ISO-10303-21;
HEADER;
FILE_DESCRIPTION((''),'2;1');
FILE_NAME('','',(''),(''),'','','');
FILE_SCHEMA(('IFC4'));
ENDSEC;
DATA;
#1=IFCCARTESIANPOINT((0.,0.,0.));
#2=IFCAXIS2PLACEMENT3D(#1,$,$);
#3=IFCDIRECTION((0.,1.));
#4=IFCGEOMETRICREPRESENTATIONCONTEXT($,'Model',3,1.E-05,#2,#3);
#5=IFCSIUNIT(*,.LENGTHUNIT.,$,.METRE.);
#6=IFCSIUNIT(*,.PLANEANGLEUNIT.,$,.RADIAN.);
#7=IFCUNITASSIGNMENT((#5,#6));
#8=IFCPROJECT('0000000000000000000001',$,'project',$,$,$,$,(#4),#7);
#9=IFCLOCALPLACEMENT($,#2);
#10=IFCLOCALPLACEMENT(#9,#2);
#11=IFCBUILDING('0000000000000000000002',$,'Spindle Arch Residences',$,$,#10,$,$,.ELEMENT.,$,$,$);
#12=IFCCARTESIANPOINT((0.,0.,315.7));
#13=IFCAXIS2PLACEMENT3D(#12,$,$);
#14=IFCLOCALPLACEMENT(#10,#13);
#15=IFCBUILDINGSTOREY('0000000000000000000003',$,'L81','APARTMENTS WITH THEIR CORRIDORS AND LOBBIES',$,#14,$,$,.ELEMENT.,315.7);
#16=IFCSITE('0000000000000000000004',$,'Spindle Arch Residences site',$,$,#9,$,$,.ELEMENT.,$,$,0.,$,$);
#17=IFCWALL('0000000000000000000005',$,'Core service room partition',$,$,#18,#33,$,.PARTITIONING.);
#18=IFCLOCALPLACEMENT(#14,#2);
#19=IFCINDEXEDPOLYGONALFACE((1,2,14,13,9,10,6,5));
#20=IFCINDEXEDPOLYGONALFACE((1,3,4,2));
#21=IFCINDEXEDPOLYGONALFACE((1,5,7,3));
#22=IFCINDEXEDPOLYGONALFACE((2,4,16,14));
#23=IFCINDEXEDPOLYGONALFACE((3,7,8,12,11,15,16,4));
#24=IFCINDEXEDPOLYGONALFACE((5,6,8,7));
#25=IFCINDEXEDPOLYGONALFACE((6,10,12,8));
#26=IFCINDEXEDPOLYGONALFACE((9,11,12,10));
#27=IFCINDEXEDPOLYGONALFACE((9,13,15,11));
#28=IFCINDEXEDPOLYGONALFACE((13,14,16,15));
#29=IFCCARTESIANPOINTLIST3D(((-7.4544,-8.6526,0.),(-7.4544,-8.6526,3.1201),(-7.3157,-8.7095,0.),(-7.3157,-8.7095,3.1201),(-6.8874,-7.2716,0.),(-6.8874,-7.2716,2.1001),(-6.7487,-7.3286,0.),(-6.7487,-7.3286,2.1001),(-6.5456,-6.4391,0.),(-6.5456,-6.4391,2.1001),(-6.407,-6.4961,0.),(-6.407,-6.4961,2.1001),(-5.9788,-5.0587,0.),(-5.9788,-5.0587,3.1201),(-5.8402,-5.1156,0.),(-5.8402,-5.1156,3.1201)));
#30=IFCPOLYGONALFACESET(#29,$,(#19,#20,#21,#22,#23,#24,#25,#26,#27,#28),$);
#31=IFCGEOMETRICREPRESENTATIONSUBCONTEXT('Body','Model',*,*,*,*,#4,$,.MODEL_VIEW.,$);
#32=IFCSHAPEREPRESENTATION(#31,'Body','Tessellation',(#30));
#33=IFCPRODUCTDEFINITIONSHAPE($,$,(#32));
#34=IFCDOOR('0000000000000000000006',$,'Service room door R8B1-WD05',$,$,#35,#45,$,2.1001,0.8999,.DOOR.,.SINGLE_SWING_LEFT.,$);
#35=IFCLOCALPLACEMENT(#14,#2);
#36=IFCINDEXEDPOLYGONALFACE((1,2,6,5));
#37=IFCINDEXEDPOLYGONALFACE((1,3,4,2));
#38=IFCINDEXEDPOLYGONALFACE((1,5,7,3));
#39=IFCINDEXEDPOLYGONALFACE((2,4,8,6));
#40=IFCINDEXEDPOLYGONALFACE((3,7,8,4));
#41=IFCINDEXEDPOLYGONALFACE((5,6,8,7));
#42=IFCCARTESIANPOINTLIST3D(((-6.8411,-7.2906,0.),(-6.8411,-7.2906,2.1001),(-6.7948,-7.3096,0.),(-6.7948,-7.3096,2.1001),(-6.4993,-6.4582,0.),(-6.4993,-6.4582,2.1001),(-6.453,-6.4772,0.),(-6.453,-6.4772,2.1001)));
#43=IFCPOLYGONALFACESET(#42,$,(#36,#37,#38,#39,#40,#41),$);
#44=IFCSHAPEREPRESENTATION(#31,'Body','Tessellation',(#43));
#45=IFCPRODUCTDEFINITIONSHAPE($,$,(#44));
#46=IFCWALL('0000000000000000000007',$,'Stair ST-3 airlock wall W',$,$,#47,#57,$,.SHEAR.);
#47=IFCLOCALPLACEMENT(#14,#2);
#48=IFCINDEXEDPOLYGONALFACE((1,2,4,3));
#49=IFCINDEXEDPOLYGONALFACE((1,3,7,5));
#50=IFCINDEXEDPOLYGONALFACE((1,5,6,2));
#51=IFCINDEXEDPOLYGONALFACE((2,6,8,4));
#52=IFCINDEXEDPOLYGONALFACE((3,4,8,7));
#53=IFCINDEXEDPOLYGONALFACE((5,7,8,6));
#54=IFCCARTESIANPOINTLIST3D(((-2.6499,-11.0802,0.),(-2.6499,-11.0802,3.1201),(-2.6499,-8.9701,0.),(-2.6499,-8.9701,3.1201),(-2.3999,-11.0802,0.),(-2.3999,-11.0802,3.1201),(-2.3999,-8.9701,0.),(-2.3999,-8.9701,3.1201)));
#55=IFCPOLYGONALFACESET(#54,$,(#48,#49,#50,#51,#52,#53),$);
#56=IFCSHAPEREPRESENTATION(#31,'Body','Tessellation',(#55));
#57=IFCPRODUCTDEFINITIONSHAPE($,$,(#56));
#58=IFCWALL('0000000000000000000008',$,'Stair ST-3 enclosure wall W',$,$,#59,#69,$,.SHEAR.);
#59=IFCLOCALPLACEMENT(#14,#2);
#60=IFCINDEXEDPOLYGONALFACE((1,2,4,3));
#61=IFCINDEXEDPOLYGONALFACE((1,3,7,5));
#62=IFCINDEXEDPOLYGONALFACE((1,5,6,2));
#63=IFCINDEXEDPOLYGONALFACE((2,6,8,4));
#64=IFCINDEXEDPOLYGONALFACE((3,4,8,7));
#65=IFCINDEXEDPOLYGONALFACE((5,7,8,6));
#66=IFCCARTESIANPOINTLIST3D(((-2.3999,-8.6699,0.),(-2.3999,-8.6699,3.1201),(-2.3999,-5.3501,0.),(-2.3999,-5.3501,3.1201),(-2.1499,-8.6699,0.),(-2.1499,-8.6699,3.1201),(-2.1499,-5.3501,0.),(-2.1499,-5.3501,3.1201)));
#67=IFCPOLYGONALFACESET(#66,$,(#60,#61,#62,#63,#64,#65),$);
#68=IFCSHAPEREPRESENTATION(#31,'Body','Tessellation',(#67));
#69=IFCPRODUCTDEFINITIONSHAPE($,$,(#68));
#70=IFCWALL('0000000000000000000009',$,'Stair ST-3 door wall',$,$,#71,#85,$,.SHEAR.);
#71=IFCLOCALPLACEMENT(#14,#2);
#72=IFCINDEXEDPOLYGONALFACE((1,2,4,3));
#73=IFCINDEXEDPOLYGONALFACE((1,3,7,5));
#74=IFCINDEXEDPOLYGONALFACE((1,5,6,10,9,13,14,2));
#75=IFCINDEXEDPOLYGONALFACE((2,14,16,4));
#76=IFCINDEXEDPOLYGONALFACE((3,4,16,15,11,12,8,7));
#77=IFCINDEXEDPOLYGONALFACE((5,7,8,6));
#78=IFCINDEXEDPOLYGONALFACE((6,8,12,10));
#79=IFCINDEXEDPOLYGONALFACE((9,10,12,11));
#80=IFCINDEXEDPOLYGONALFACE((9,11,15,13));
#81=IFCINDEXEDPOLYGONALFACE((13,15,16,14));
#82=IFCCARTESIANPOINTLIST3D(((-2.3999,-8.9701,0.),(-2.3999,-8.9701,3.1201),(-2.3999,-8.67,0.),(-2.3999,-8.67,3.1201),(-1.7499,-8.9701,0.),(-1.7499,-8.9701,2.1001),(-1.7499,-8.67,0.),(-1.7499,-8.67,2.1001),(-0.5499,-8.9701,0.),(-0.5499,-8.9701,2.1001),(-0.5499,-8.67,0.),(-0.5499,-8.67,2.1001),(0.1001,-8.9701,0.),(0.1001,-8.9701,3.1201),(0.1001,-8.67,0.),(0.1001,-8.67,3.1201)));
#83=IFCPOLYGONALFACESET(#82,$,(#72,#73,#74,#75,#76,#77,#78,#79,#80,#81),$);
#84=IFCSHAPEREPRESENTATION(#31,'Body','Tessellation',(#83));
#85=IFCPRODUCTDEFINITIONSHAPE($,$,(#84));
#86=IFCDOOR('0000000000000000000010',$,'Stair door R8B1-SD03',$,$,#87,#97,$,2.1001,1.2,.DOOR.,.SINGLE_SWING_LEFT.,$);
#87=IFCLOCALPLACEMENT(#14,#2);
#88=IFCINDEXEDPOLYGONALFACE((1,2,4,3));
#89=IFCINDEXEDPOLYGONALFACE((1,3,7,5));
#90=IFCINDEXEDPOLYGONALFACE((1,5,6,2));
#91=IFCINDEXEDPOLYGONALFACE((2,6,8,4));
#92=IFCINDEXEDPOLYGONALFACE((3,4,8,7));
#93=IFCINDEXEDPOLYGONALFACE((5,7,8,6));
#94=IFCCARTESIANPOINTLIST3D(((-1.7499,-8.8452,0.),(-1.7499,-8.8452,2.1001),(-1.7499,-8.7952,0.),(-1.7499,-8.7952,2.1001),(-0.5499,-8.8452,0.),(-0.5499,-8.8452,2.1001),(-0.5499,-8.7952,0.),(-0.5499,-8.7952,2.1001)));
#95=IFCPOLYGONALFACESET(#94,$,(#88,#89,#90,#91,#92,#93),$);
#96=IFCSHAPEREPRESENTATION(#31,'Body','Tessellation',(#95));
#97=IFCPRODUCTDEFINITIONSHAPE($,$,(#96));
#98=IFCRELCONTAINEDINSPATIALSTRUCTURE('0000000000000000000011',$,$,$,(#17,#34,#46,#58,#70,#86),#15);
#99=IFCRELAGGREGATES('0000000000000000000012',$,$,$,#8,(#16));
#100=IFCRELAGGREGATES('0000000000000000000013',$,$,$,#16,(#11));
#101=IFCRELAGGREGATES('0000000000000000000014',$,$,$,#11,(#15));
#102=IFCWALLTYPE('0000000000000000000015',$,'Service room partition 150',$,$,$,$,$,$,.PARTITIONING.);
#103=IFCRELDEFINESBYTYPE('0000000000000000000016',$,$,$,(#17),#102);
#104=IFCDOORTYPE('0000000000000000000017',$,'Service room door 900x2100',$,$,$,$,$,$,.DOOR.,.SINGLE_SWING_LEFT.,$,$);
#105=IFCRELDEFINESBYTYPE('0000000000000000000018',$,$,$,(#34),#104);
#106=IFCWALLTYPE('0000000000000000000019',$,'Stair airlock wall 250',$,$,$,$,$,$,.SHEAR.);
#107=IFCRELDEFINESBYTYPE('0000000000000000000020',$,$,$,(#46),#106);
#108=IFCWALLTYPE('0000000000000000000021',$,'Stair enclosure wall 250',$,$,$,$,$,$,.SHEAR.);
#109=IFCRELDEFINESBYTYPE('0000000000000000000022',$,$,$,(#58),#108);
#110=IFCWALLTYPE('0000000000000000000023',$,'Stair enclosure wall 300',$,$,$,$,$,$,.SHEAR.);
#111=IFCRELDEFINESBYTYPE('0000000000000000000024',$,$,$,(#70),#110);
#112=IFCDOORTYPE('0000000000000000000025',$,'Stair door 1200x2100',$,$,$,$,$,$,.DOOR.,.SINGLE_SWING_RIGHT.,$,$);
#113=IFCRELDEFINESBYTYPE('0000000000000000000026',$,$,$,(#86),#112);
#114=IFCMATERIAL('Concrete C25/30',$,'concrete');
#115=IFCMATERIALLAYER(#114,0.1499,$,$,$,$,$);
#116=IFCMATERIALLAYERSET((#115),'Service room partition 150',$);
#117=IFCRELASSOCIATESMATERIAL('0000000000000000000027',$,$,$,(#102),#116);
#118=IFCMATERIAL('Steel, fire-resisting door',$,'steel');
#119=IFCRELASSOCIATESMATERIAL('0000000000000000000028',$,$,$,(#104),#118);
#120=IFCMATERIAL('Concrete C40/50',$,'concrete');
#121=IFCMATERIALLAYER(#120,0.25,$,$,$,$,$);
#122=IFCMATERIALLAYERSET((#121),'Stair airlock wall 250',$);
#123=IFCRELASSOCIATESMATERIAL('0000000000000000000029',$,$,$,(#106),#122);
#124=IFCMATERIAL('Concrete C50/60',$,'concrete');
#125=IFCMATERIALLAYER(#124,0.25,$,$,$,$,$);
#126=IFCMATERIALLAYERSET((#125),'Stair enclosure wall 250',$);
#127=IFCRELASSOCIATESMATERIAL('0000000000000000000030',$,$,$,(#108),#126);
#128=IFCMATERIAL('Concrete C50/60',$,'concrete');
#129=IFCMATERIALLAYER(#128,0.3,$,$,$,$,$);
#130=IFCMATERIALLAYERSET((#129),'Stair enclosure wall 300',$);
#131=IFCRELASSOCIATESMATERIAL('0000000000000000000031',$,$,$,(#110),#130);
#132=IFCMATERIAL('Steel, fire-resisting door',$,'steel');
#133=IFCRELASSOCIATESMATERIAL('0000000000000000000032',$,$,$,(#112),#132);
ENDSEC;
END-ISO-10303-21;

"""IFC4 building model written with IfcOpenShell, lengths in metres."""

from ifc_helpers import new_model, si_unit, direction, frame, frame_2d, origin, place, context, subcontext, project, spatial, rectangle, extrude, material, layer, layer_set, type_object, element, fill, save


model = new_model("IFC4")

# Units and contexts
model_context = context("Model", 3, precision=1e-05, world=origin(), true_north=direction((0.0, 1.0)))
body_context = subcontext(model_context, "Body", "Model", "MODEL_VIEW")
ifc_project = project(units=[si_unit("LENGTHUNIT", "METRE"), si_unit("PLANEANGLEUNIT", "RADIAN")], contexts=[model_context])

# Site, building, storey
site_placement = place(None, origin())
site = spatial("IfcSite", under=ifc_project, at=site_placement, Name="Spindle Arch Residences site", CompositionType="ELEMENT", RefElevation=0.0)
building_placement = place(site_placement, origin())
building = spatial("IfcBuilding", under=site, at=building_placement, Name="Spindle Arch Residences", CompositionType="ELEMENT")
storey_placement = place(building_placement, frame((0.0, 0.0, 315.7)))
storey = spatial("IfcBuildingStorey", under=building, at=storey_placement, Name="L81", Description="APARTMENTS WITH THEIR CORRIDORS AND LOBBIES", CompositionType="ELEMENT", Elevation=315.7)

# Wall, opening, door
ifc_material_1 = material(Name="Concrete C25/30", Category="concrete")
ifc_layer_1 = layer(ifc_material_1, 0.1499)
ifc_layer_set_1 = layer_set([ifc_layer_1], Name="Service room partition 150")
wall_type_1 = type_object("IfcWallType", Name="Service room partition 150", PredefinedType="PARTITIONING", material=ifc_layer_set_1)
wall_1_placement = place(storey_placement, frame((-7.385, -8.6809, 0.0), z_axis=(0.0, 0.0, 1.0), x_axis=(0.379805, 0.925067, 0.0)))
wall_1 = element("IfcWall", 1, at=wall_1_placement, inside=storey, type_object=wall_type_1, Name="Core service room partition", PredefinedType="PARTITIONING", context=body_context, shape_type="SweptSolid", body=[
    extrude(rectangle(XDim=3.885, YDim=0.1499, at=frame_2d((1.9424, 0.0))), origin(), (0.0, 0.0, 1.0), 3.1201),
])
opening_1_placement = place(wall_1_placement, frame((1.4927, 0.0, 0.0)))
opening_1 = element("IfcOpeningElement", 2, at=opening_1_placement, cuts=wall_1, PredefinedType="OPENING", context=body_context, shape_type="SweptSolid", body=[
    extrude(rectangle(XDim=0.8999, YDim=2.1001, at=frame_2d((0.45, 1.05))), frame((0.0, 0.085, 0.0), z_axis=(0.0, -1.0, 0.0), x_axis=(1.0, 0.0, 0.0)), (0.0, 0.0, 1.0), 0.1699),
])
ifc_material_2 = material(Name="Steel, fire-resisting door", Category="steel")
door_type_1 = type_object("IfcDoorType", Name="Service room door 900x2100", OperationType="SINGLE_SWING_LEFT", PredefinedType="DOOR", material=ifc_material_2)
door_1_placement = place(opening_1_placement, origin())
door_1 = element("IfcDoor", 3, at=door_1_placement, inside=storey, type_object=door_type_1, Name="Service room door R8B1-WD05", OperationType="SINGLE_SWING_LEFT", OverallHeight=2.1001, OverallWidth=0.8999, PredefinedType="DOOR", context=body_context, shape_type="SweptSolid", body=[
    extrude(rectangle(XDim=0.8999, YDim=2.1001, at=frame_2d((0.45, 1.05))), frame((0.0, 0.0249, 0.0), z_axis=(0.0, -1.0, 0.0), x_axis=(1.0, 0.0, 0.0)), (0.0, 0.0, 1.0), 0.05),
])
fill(opening_1, door_1)

# Walls
ifc_material_3 = material(Name="Concrete C40/50", Category="concrete")
ifc_layer_2 = layer(ifc_material_3, 0.25)
ifc_layer_set_2 = layer_set([ifc_layer_2], Name="Stair airlock wall 250")
wall_type_2 = type_object("IfcWallType", Name="Stair airlock wall 250", PredefinedType="SHEAR", material=ifc_layer_set_2)
wall_2_placement = place(storey_placement, frame((-2.5249, -8.97, 0.0), z_axis=(0.0, 0.0, 1.0), x_axis=(0.0, -1.0, 0.0)))
element("IfcWall", 4, at=wall_2_placement, inside=storey, type_object=wall_type_2, Name="Stair ST-3 airlock wall W", PredefinedType="SHEAR", context=body_context, shape_type="SweptSolid", body=[
    extrude(rectangle(XDim=2.1101, YDim=0.25, at=frame_2d((1.0552, 0.0))), origin(), (0.0, 0.0, 1.0), 3.1201),
])
ifc_material_4 = material(Name="Concrete C50/60", Category="concrete")
ifc_layer_3 = layer(ifc_material_4, 0.25)
ifc_layer_set_3 = layer_set([ifc_layer_3], Name="Stair enclosure wall 250")
wall_type_3 = type_object("IfcWallType", Name="Stair enclosure wall 250", PredefinedType="SHEAR", material=ifc_layer_set_3)
wall_3_placement = place(storey_placement, frame((-2.2749, -8.6699, 0.0), z_axis=(0.0, 0.0, 1.0), x_axis=(0.0, 1.0, 0.0)))
element("IfcWall", 5, at=wall_3_placement, inside=storey, type_object=wall_type_3, Name="Stair ST-3 enclosure wall W", PredefinedType="SHEAR", context=body_context, shape_type="SweptSolid", body=[
    extrude(rectangle(XDim=3.3198, YDim=0.25, at=frame_2d((1.6599, 0.0))), origin(), (0.0, 0.0, 1.0), 3.1201),
])

# Wall, opening, door
ifc_material_5 = material(Name="Concrete C50/60", Category="concrete")
ifc_layer_4 = layer(ifc_material_5, 0.3)
ifc_layer_set_4 = layer_set([ifc_layer_4], Name="Stair enclosure wall 300")
wall_type_4 = type_object("IfcWallType", Name="Stair enclosure wall 300", PredefinedType="SHEAR", material=ifc_layer_set_4)
wall_4_placement = place(storey_placement, frame((-2.3999, -8.8201, 0.0), z_axis=(0.0, 0.0, 1.0), x_axis=(1.0, 0.0, 0.0)))
wall_4 = element("IfcWall", 6, at=wall_4_placement, inside=storey, type_object=wall_type_4, Name="Stair ST-3 door wall", PredefinedType="SHEAR", context=body_context, shape_type="SweptSolid", body=[
    extrude(rectangle(XDim=2.5, YDim=0.3, at=frame_2d((1.25, 0.0))), origin(), (0.0, 0.0, 1.0), 3.1201),
])
opening_2_placement = place(wall_4_placement, frame((0.6499, 0.0, 0.0)))
opening_2 = element("IfcOpeningElement", 7, at=opening_2_placement, cuts=wall_4, PredefinedType="OPENING", context=body_context, shape_type="SweptSolid", body=[
    extrude(rectangle(XDim=1.2, YDim=2.1001, at=frame_2d((0.6001, 1.05))), frame((0.0, 0.1602, 0.0), z_axis=(0.0, -1.0, 0.0), x_axis=(1.0, 0.0, 0.0)), (0.0, 0.0, 1.0), 0.3201),
])
ifc_material_6 = material(Name="Steel, fire-resisting door", Category="steel")
door_type_2 = type_object("IfcDoorType", Name="Stair door 1200x2100", OperationType="SINGLE_SWING_RIGHT", PredefinedType="DOOR", material=ifc_material_6)
door_2_placement = place(opening_2_placement, origin())
door_2 = element("IfcDoor", 8, at=door_2_placement, inside=storey, type_object=door_type_2, Name="Stair door R8B1-SD03", OperationType="SINGLE_SWING_LEFT", OverallHeight=2.1001, OverallWidth=1.2, PredefinedType="DOOR", context=body_context, shape_type="SweptSolid", body=[
    extrude(rectangle(XDim=1.2, YDim=2.1001, at=frame_2d((0.6001, 1.05))), frame((0.0, 0.0249, 0.0), z_axis=(0.0, -1.0, 0.0), x_axis=(1.0, 0.0, 0.0)), (0.0, 0.0, 1.0), 0.05),
])
fill(opening_2, door_2)

save(model, "model.ifc")
